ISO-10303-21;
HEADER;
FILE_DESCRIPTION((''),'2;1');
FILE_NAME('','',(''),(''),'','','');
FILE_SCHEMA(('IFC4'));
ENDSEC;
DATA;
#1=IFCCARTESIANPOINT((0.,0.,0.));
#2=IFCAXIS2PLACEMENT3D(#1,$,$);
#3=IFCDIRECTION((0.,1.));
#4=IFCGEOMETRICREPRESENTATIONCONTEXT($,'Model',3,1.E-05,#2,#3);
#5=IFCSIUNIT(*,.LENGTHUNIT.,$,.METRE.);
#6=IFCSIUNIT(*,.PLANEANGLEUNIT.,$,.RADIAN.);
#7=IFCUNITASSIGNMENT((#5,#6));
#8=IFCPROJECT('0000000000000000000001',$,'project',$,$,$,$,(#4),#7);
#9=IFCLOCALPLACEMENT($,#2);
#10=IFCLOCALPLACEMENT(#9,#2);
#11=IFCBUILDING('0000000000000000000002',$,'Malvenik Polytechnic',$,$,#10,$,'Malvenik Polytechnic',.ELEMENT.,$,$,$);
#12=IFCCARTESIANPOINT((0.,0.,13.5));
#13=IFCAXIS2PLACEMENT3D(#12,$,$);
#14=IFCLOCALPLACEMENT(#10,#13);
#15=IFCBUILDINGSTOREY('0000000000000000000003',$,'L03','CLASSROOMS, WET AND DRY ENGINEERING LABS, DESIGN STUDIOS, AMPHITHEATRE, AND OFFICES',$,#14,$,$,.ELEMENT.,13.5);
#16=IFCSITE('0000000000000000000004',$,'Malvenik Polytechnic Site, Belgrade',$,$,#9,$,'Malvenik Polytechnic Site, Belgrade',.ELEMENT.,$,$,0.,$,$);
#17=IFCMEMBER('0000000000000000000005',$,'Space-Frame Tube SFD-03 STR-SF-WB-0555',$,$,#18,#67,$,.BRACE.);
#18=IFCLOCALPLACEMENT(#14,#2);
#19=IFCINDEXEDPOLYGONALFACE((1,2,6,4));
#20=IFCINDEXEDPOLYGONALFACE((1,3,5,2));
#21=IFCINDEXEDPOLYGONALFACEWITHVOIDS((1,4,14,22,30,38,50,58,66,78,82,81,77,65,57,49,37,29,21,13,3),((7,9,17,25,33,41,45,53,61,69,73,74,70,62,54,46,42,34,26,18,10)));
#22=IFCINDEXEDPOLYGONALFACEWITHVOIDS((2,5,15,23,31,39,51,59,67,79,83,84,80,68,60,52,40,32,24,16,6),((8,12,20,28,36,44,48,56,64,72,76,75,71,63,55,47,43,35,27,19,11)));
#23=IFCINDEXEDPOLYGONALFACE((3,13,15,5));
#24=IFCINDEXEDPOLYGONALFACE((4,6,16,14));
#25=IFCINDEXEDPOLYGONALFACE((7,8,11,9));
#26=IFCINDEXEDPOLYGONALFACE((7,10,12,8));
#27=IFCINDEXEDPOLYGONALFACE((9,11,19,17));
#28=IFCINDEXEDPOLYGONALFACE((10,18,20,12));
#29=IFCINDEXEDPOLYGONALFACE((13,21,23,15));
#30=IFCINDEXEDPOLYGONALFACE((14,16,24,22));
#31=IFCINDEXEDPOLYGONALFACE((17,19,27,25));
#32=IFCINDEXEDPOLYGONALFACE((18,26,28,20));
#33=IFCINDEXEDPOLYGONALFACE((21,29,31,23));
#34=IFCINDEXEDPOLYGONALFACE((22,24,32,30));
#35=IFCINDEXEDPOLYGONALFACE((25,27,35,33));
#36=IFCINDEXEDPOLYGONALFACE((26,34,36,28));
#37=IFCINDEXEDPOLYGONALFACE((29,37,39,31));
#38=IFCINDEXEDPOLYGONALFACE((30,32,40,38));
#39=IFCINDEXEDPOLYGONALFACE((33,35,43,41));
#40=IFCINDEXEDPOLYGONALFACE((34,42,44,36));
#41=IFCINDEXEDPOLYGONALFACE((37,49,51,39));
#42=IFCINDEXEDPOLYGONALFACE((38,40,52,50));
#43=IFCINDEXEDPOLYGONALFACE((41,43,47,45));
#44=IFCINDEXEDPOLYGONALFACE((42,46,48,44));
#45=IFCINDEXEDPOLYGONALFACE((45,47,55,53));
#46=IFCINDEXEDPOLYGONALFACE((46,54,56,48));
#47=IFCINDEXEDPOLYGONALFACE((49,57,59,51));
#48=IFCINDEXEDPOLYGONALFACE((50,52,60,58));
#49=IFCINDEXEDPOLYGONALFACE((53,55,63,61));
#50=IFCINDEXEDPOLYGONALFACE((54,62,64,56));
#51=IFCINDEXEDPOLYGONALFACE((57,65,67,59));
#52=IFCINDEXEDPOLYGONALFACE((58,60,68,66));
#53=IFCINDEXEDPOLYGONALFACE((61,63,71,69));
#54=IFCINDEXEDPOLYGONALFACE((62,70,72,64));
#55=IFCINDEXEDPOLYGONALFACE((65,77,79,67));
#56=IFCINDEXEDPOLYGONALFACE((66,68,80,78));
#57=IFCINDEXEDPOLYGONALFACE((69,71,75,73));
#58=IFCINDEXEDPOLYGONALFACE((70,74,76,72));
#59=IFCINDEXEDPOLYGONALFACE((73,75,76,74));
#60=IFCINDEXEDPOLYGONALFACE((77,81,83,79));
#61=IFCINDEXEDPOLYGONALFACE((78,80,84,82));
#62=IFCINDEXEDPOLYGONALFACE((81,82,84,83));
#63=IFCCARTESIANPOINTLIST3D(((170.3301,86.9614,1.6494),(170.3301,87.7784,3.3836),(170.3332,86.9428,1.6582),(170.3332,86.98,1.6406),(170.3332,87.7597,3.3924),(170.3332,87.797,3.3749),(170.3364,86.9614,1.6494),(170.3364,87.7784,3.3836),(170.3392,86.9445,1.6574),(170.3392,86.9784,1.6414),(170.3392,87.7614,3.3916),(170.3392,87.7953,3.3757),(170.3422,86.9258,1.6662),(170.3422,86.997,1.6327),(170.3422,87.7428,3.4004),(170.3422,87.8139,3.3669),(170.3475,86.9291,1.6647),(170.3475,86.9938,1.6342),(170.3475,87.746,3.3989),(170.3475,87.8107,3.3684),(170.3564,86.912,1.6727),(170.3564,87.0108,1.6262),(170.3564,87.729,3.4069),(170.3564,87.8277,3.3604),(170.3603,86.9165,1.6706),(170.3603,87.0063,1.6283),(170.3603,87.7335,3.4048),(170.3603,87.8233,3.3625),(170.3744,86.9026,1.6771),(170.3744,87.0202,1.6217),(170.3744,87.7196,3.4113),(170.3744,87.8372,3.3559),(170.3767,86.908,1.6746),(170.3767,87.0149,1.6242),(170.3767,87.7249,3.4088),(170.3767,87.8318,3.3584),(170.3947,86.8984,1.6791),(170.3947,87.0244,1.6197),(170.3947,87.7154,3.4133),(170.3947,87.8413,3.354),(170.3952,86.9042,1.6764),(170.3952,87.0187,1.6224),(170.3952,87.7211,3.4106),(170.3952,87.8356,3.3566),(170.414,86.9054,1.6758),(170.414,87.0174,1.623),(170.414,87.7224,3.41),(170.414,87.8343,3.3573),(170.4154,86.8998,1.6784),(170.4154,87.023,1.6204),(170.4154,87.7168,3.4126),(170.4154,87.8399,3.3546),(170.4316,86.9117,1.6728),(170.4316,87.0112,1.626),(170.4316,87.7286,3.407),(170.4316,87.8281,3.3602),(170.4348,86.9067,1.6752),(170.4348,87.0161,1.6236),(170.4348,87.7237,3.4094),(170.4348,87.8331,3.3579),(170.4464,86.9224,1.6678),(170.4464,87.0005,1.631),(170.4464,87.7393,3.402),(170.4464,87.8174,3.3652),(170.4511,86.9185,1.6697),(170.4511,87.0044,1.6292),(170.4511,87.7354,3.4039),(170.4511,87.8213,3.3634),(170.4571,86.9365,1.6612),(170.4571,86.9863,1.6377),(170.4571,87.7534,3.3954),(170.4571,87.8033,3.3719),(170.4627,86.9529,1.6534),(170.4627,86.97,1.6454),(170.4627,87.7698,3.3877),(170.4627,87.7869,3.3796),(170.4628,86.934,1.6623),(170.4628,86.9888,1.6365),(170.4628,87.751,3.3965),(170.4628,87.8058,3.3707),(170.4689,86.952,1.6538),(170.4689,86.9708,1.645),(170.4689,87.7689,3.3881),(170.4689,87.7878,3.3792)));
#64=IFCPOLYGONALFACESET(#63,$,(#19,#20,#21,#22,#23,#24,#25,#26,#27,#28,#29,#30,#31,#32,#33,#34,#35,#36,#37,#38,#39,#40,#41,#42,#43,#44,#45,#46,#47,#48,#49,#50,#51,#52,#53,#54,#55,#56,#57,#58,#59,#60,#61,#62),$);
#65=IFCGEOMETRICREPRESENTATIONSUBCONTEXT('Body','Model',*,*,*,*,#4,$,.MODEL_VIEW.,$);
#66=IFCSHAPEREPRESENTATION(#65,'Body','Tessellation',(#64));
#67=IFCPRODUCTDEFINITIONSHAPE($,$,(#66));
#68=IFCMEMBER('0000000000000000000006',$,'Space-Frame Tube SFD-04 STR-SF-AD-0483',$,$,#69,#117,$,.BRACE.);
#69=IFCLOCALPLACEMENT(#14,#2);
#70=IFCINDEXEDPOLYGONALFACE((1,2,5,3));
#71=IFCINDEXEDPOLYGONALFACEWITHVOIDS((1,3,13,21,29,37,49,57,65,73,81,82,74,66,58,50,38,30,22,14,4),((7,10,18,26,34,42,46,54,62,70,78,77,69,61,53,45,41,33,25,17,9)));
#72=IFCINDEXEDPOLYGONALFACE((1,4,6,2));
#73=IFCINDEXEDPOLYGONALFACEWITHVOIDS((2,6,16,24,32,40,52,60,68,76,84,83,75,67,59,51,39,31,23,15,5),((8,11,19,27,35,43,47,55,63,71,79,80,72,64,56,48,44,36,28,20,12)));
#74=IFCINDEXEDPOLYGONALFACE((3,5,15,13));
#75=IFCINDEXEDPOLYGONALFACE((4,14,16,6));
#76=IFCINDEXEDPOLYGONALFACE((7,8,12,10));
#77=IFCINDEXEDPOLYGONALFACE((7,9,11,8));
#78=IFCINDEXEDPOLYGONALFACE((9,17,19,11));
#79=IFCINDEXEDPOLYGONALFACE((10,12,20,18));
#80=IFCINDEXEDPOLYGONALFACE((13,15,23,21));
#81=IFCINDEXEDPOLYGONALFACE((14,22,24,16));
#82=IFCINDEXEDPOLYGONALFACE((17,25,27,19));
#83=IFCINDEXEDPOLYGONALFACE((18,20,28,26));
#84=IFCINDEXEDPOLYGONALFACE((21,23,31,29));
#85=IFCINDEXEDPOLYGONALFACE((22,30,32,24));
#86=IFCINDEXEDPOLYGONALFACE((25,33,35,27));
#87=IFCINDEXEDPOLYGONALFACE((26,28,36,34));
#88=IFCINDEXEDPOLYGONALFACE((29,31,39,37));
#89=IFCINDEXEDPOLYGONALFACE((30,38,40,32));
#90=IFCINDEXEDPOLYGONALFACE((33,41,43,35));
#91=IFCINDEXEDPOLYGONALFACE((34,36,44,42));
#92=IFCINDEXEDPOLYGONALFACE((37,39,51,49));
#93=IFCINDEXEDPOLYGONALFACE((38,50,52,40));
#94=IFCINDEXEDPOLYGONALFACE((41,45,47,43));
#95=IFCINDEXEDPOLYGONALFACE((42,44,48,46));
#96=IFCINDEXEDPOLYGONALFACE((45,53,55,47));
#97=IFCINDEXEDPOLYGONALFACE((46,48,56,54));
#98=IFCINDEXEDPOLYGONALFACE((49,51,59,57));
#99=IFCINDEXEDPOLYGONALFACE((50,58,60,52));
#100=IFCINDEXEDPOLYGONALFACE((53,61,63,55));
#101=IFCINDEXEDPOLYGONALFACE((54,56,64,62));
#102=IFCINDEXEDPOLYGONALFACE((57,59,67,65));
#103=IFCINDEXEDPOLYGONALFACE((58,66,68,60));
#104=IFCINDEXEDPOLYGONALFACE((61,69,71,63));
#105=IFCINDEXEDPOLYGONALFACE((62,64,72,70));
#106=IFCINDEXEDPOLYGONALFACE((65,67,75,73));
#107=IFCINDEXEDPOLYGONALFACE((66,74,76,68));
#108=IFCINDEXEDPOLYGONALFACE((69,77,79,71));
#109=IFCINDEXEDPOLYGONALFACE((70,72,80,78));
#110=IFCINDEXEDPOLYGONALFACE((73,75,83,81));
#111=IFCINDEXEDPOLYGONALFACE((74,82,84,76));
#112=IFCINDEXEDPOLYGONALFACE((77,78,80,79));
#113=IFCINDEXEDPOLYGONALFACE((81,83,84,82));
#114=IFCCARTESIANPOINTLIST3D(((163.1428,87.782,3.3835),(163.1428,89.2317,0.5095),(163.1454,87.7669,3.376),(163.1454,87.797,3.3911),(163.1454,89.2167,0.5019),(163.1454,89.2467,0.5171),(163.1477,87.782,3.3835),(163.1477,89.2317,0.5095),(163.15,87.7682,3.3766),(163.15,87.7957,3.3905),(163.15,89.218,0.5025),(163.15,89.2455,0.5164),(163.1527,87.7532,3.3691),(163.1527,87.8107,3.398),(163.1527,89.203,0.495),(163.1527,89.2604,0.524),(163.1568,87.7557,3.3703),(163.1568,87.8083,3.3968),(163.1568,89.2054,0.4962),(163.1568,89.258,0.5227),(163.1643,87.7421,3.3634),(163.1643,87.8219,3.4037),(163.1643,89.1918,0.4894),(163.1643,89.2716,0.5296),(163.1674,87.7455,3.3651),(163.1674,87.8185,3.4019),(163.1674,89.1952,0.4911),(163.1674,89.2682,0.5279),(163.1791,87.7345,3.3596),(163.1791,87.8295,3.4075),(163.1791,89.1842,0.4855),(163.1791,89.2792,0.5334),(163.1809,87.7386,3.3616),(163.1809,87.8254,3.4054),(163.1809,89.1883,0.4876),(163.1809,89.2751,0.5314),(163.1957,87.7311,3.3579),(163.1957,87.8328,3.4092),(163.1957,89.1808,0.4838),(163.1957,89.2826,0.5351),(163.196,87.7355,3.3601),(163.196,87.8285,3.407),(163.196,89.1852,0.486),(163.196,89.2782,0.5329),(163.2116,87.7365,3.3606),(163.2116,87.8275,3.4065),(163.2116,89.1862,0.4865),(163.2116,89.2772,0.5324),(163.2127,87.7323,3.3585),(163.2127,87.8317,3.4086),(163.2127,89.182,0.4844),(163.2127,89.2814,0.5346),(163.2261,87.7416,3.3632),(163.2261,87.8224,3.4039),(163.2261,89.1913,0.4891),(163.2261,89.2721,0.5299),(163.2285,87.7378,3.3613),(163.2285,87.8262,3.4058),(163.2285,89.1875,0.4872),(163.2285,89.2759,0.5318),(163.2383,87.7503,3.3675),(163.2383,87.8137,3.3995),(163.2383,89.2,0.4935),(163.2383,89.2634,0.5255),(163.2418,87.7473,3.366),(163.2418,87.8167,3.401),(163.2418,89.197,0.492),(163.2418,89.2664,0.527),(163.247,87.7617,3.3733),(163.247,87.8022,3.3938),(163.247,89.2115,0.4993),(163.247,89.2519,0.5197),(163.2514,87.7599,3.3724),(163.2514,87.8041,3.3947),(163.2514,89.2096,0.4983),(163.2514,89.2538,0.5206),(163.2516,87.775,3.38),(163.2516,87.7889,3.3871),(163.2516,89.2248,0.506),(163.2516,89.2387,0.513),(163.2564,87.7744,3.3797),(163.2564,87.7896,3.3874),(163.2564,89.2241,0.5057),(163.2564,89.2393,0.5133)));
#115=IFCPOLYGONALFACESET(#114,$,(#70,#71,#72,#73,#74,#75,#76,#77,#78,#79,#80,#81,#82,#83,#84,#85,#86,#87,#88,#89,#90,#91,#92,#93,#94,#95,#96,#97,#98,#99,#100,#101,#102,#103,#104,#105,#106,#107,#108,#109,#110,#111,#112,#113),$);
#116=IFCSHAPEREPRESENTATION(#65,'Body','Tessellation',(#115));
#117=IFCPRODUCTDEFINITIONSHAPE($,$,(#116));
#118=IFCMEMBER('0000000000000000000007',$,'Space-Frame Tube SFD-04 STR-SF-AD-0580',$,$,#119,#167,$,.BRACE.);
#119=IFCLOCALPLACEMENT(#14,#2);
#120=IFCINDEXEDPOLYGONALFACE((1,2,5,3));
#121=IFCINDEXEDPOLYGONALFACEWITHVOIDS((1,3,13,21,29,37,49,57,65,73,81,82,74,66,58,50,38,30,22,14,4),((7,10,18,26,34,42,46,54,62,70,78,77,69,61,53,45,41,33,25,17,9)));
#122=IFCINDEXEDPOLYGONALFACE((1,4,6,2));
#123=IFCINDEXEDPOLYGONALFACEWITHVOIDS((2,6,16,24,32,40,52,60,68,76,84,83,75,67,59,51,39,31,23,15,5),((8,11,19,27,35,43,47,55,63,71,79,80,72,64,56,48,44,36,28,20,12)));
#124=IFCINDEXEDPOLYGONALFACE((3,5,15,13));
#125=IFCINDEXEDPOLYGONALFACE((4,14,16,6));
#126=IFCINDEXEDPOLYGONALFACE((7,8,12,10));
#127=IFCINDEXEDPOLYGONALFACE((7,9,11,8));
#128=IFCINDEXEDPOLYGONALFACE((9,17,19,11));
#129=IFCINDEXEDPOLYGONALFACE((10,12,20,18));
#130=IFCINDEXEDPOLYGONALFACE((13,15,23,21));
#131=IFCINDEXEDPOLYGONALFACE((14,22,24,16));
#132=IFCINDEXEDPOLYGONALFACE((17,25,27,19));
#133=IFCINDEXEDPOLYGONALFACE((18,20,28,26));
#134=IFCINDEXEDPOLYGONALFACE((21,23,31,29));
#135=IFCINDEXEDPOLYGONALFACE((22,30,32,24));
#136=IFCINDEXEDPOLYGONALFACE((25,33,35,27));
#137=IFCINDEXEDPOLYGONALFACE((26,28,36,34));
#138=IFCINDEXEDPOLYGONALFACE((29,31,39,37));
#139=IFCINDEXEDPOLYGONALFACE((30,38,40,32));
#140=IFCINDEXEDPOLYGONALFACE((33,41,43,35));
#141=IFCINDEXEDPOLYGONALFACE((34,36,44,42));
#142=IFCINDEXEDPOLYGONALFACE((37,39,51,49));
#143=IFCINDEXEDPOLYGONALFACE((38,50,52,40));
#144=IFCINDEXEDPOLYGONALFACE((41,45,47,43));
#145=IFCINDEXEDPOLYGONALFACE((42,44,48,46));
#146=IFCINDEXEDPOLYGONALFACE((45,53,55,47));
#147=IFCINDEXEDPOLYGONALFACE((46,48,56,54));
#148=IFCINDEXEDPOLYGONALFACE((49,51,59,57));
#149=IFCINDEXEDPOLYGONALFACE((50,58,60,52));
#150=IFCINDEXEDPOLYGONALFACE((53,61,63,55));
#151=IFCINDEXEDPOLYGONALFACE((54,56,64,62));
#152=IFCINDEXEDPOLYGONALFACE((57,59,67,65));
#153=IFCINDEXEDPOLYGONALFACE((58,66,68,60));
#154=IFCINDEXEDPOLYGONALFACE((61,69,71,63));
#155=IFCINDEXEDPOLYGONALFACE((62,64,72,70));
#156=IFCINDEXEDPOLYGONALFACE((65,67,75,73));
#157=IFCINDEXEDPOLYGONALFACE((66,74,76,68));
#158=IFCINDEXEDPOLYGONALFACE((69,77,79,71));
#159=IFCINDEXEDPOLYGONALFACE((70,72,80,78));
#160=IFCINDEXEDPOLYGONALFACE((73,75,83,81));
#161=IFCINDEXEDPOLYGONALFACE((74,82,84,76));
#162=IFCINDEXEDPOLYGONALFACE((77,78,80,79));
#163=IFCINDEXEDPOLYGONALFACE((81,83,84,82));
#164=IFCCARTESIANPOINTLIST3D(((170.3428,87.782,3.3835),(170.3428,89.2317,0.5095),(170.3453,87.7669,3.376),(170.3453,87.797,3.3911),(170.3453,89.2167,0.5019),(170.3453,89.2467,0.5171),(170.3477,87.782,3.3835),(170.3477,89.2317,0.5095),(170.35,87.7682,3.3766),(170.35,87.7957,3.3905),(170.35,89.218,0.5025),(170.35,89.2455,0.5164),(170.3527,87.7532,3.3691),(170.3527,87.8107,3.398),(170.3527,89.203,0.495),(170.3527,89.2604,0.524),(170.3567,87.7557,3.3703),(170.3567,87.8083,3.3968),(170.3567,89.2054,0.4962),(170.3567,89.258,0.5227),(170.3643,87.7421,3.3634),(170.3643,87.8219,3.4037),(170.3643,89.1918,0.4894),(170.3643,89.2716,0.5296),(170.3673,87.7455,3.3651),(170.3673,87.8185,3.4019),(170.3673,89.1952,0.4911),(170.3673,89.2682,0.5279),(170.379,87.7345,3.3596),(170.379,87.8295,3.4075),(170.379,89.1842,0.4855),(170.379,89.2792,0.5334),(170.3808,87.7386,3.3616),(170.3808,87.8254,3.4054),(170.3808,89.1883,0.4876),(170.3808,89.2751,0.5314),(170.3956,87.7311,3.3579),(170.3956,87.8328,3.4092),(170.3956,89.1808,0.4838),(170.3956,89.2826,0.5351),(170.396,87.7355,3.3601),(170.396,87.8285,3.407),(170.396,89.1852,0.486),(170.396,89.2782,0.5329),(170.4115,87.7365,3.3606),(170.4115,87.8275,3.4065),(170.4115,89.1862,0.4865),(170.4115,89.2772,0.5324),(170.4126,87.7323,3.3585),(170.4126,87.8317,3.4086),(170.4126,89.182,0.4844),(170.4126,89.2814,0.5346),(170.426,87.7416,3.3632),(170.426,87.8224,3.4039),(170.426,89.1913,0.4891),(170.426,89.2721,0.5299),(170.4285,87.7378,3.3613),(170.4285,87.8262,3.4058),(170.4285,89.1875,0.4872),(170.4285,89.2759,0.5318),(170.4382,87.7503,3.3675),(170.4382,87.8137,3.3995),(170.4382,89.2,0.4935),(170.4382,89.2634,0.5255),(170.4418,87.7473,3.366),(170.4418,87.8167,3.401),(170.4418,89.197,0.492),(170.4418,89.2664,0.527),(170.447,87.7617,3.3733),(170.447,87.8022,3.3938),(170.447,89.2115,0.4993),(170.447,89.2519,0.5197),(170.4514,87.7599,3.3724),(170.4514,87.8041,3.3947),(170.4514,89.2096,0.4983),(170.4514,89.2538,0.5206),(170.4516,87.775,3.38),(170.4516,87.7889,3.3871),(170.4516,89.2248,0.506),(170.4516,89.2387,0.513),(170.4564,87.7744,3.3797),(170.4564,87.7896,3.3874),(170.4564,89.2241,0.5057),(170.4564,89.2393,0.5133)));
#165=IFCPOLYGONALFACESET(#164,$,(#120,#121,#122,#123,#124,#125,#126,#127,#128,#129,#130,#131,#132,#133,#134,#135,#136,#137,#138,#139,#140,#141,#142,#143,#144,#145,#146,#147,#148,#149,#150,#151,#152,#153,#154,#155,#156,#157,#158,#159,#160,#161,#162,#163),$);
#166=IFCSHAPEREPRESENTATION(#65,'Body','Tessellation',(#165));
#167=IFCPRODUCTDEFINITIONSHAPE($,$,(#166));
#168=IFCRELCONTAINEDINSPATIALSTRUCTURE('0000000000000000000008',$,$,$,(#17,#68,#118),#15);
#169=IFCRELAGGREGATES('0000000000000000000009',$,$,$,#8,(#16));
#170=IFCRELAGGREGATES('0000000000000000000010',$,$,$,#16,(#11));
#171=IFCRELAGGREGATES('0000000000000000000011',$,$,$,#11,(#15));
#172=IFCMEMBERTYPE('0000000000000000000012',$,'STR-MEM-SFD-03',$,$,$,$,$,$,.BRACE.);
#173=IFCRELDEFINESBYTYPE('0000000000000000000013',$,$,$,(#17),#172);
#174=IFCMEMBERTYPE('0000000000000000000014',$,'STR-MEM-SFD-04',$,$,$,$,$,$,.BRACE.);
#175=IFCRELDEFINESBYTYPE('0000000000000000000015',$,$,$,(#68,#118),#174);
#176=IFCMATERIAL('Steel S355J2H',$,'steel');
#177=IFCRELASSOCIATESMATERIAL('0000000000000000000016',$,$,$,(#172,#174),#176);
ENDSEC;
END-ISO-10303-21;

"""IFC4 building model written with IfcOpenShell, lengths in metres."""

from ifc_helpers import new_model, si_unit, direction, frame, origin, origin_2d, place, context, subcontext, project, spatial, hollow_circle, extrude, material, material_profile, profile_set, type_object, element, save


model = new_model("IFC4")

# Units and contexts
model_context = context("Model", 3, precision=1e-05, world=origin(), true_north=direction((0.0, 1.0)))
body_context = subcontext(model_context, "Body", "Model", "MODEL_VIEW")
ifc_project = project(units=[si_unit("LENGTHUNIT", "METRE"), si_unit("PLANEANGLEUNIT", "RADIAN")], contexts=[model_context])

# Site, building, storey
site_placement = place(None, origin())
site = spatial("IfcSite", under=ifc_project, at=site_placement, Name="Malvenik Polytechnic Site, Belgrade", LongName="Malvenik Polytechnic Site, Belgrade", CompositionType="ELEMENT", RefElevation=0.0)
building_placement = place(site_placement, origin())
building = spatial("IfcBuilding", under=site, at=building_placement, Name="Malvenik Polytechnic", LongName="Malvenik Polytechnic", CompositionType="ELEMENT")
storey_placement = place(building_placement, frame((0.0, 0.0, 13.5)))
storey = spatial("IfcBuildingStorey", under=building, at=storey_placement, Name="L03", Description="CLASSROOMS, WET AND DRY ENGINEERING LABS, DESIGN STUDIOS, AMPHITHEATRE, AND OFFICES", CompositionType="ELEMENT", Elevation=13.5)

# Members
ifc_material_1 = material(Name="Steel S355J2H", Category="steel")
ifc_material_profile_1 = material_profile(ifc_material_1, hollow_circle(Radius=0.0698, WallThickness=0.0063, at=origin_2d()), Name="CHS 139.7x6.3")
ifc_profile_set_1 = profile_set([ifc_material_profile_1], Name="Steel S355J2H")
member_type_1 = type_object("IfcMemberType", Name="STR-MEM-SFD-03", PredefinedType="BRACE", material=ifc_profile_set_1)
for number, where, z_axis, x_axis, name in (
    (1, (170.3999, 86.9614, 1.6494), (0.0, 0.426153, 0.904651), (-1.0, 0.0, 0.0), "Space-Frame Tube SFD-03 STR-SF-WB-0555"),
):
    element("IfcMember", number, at=place(storey_placement, frame(where, z_axis=z_axis, x_axis=x_axis)), inside=storey, type_object=member_type_1, Name=name, PredefinedType="BRACE", context=body_context, shape_type="SweptSolid", body=[
        extrude(hollow_circle(Radius=0.0698, WallThickness=0.0063, at=origin_2d()), origin(), (0.0, 0.0, 1.0), 1.917),
    ])
ifc_material_profile_2 = material_profile(ifc_material_1, hollow_circle(Radius=0.0571, WallThickness=0.0049, at=origin_2d()), Name="CHS 114.3x5.0")
ifc_profile_set_2 = profile_set([ifc_material_profile_2], Name="Steel S355J2H")
member_type_2 = type_object("IfcMemberType", Name="STR-MEM-SFD-04", PredefinedType="BRACE", material=ifc_profile_set_2)
for number, where, z_axis, x_axis, name in (
    (2, (163.2, 87.782, 3.3835), (0.0, 0.450366, -0.892844), (-1.0, 0.0, 0.0), "Space-Frame Tube SFD-04 STR-SF-AD-0483"),
    (3, (170.3999, 87.782, 3.3835), (0.0, 0.450366, -0.892844), (-1.0, 0.0, 0.0), "Space-Frame Tube SFD-04 STR-SF-AD-0580"),
):
    element("IfcMember", number, at=place(storey_placement, frame(where, z_axis=z_axis, x_axis=x_axis)), inside=storey, type_object=member_type_2, Name=name, PredefinedType="BRACE", context=body_context, shape_type="SweptSolid", body=[
        extrude(hollow_circle(Radius=0.0571, WallThickness=0.0049, at=origin_2d()), origin(), (0.0, 0.0, 1.0), 3.219),
    ])

save(model, "model.ifc")
